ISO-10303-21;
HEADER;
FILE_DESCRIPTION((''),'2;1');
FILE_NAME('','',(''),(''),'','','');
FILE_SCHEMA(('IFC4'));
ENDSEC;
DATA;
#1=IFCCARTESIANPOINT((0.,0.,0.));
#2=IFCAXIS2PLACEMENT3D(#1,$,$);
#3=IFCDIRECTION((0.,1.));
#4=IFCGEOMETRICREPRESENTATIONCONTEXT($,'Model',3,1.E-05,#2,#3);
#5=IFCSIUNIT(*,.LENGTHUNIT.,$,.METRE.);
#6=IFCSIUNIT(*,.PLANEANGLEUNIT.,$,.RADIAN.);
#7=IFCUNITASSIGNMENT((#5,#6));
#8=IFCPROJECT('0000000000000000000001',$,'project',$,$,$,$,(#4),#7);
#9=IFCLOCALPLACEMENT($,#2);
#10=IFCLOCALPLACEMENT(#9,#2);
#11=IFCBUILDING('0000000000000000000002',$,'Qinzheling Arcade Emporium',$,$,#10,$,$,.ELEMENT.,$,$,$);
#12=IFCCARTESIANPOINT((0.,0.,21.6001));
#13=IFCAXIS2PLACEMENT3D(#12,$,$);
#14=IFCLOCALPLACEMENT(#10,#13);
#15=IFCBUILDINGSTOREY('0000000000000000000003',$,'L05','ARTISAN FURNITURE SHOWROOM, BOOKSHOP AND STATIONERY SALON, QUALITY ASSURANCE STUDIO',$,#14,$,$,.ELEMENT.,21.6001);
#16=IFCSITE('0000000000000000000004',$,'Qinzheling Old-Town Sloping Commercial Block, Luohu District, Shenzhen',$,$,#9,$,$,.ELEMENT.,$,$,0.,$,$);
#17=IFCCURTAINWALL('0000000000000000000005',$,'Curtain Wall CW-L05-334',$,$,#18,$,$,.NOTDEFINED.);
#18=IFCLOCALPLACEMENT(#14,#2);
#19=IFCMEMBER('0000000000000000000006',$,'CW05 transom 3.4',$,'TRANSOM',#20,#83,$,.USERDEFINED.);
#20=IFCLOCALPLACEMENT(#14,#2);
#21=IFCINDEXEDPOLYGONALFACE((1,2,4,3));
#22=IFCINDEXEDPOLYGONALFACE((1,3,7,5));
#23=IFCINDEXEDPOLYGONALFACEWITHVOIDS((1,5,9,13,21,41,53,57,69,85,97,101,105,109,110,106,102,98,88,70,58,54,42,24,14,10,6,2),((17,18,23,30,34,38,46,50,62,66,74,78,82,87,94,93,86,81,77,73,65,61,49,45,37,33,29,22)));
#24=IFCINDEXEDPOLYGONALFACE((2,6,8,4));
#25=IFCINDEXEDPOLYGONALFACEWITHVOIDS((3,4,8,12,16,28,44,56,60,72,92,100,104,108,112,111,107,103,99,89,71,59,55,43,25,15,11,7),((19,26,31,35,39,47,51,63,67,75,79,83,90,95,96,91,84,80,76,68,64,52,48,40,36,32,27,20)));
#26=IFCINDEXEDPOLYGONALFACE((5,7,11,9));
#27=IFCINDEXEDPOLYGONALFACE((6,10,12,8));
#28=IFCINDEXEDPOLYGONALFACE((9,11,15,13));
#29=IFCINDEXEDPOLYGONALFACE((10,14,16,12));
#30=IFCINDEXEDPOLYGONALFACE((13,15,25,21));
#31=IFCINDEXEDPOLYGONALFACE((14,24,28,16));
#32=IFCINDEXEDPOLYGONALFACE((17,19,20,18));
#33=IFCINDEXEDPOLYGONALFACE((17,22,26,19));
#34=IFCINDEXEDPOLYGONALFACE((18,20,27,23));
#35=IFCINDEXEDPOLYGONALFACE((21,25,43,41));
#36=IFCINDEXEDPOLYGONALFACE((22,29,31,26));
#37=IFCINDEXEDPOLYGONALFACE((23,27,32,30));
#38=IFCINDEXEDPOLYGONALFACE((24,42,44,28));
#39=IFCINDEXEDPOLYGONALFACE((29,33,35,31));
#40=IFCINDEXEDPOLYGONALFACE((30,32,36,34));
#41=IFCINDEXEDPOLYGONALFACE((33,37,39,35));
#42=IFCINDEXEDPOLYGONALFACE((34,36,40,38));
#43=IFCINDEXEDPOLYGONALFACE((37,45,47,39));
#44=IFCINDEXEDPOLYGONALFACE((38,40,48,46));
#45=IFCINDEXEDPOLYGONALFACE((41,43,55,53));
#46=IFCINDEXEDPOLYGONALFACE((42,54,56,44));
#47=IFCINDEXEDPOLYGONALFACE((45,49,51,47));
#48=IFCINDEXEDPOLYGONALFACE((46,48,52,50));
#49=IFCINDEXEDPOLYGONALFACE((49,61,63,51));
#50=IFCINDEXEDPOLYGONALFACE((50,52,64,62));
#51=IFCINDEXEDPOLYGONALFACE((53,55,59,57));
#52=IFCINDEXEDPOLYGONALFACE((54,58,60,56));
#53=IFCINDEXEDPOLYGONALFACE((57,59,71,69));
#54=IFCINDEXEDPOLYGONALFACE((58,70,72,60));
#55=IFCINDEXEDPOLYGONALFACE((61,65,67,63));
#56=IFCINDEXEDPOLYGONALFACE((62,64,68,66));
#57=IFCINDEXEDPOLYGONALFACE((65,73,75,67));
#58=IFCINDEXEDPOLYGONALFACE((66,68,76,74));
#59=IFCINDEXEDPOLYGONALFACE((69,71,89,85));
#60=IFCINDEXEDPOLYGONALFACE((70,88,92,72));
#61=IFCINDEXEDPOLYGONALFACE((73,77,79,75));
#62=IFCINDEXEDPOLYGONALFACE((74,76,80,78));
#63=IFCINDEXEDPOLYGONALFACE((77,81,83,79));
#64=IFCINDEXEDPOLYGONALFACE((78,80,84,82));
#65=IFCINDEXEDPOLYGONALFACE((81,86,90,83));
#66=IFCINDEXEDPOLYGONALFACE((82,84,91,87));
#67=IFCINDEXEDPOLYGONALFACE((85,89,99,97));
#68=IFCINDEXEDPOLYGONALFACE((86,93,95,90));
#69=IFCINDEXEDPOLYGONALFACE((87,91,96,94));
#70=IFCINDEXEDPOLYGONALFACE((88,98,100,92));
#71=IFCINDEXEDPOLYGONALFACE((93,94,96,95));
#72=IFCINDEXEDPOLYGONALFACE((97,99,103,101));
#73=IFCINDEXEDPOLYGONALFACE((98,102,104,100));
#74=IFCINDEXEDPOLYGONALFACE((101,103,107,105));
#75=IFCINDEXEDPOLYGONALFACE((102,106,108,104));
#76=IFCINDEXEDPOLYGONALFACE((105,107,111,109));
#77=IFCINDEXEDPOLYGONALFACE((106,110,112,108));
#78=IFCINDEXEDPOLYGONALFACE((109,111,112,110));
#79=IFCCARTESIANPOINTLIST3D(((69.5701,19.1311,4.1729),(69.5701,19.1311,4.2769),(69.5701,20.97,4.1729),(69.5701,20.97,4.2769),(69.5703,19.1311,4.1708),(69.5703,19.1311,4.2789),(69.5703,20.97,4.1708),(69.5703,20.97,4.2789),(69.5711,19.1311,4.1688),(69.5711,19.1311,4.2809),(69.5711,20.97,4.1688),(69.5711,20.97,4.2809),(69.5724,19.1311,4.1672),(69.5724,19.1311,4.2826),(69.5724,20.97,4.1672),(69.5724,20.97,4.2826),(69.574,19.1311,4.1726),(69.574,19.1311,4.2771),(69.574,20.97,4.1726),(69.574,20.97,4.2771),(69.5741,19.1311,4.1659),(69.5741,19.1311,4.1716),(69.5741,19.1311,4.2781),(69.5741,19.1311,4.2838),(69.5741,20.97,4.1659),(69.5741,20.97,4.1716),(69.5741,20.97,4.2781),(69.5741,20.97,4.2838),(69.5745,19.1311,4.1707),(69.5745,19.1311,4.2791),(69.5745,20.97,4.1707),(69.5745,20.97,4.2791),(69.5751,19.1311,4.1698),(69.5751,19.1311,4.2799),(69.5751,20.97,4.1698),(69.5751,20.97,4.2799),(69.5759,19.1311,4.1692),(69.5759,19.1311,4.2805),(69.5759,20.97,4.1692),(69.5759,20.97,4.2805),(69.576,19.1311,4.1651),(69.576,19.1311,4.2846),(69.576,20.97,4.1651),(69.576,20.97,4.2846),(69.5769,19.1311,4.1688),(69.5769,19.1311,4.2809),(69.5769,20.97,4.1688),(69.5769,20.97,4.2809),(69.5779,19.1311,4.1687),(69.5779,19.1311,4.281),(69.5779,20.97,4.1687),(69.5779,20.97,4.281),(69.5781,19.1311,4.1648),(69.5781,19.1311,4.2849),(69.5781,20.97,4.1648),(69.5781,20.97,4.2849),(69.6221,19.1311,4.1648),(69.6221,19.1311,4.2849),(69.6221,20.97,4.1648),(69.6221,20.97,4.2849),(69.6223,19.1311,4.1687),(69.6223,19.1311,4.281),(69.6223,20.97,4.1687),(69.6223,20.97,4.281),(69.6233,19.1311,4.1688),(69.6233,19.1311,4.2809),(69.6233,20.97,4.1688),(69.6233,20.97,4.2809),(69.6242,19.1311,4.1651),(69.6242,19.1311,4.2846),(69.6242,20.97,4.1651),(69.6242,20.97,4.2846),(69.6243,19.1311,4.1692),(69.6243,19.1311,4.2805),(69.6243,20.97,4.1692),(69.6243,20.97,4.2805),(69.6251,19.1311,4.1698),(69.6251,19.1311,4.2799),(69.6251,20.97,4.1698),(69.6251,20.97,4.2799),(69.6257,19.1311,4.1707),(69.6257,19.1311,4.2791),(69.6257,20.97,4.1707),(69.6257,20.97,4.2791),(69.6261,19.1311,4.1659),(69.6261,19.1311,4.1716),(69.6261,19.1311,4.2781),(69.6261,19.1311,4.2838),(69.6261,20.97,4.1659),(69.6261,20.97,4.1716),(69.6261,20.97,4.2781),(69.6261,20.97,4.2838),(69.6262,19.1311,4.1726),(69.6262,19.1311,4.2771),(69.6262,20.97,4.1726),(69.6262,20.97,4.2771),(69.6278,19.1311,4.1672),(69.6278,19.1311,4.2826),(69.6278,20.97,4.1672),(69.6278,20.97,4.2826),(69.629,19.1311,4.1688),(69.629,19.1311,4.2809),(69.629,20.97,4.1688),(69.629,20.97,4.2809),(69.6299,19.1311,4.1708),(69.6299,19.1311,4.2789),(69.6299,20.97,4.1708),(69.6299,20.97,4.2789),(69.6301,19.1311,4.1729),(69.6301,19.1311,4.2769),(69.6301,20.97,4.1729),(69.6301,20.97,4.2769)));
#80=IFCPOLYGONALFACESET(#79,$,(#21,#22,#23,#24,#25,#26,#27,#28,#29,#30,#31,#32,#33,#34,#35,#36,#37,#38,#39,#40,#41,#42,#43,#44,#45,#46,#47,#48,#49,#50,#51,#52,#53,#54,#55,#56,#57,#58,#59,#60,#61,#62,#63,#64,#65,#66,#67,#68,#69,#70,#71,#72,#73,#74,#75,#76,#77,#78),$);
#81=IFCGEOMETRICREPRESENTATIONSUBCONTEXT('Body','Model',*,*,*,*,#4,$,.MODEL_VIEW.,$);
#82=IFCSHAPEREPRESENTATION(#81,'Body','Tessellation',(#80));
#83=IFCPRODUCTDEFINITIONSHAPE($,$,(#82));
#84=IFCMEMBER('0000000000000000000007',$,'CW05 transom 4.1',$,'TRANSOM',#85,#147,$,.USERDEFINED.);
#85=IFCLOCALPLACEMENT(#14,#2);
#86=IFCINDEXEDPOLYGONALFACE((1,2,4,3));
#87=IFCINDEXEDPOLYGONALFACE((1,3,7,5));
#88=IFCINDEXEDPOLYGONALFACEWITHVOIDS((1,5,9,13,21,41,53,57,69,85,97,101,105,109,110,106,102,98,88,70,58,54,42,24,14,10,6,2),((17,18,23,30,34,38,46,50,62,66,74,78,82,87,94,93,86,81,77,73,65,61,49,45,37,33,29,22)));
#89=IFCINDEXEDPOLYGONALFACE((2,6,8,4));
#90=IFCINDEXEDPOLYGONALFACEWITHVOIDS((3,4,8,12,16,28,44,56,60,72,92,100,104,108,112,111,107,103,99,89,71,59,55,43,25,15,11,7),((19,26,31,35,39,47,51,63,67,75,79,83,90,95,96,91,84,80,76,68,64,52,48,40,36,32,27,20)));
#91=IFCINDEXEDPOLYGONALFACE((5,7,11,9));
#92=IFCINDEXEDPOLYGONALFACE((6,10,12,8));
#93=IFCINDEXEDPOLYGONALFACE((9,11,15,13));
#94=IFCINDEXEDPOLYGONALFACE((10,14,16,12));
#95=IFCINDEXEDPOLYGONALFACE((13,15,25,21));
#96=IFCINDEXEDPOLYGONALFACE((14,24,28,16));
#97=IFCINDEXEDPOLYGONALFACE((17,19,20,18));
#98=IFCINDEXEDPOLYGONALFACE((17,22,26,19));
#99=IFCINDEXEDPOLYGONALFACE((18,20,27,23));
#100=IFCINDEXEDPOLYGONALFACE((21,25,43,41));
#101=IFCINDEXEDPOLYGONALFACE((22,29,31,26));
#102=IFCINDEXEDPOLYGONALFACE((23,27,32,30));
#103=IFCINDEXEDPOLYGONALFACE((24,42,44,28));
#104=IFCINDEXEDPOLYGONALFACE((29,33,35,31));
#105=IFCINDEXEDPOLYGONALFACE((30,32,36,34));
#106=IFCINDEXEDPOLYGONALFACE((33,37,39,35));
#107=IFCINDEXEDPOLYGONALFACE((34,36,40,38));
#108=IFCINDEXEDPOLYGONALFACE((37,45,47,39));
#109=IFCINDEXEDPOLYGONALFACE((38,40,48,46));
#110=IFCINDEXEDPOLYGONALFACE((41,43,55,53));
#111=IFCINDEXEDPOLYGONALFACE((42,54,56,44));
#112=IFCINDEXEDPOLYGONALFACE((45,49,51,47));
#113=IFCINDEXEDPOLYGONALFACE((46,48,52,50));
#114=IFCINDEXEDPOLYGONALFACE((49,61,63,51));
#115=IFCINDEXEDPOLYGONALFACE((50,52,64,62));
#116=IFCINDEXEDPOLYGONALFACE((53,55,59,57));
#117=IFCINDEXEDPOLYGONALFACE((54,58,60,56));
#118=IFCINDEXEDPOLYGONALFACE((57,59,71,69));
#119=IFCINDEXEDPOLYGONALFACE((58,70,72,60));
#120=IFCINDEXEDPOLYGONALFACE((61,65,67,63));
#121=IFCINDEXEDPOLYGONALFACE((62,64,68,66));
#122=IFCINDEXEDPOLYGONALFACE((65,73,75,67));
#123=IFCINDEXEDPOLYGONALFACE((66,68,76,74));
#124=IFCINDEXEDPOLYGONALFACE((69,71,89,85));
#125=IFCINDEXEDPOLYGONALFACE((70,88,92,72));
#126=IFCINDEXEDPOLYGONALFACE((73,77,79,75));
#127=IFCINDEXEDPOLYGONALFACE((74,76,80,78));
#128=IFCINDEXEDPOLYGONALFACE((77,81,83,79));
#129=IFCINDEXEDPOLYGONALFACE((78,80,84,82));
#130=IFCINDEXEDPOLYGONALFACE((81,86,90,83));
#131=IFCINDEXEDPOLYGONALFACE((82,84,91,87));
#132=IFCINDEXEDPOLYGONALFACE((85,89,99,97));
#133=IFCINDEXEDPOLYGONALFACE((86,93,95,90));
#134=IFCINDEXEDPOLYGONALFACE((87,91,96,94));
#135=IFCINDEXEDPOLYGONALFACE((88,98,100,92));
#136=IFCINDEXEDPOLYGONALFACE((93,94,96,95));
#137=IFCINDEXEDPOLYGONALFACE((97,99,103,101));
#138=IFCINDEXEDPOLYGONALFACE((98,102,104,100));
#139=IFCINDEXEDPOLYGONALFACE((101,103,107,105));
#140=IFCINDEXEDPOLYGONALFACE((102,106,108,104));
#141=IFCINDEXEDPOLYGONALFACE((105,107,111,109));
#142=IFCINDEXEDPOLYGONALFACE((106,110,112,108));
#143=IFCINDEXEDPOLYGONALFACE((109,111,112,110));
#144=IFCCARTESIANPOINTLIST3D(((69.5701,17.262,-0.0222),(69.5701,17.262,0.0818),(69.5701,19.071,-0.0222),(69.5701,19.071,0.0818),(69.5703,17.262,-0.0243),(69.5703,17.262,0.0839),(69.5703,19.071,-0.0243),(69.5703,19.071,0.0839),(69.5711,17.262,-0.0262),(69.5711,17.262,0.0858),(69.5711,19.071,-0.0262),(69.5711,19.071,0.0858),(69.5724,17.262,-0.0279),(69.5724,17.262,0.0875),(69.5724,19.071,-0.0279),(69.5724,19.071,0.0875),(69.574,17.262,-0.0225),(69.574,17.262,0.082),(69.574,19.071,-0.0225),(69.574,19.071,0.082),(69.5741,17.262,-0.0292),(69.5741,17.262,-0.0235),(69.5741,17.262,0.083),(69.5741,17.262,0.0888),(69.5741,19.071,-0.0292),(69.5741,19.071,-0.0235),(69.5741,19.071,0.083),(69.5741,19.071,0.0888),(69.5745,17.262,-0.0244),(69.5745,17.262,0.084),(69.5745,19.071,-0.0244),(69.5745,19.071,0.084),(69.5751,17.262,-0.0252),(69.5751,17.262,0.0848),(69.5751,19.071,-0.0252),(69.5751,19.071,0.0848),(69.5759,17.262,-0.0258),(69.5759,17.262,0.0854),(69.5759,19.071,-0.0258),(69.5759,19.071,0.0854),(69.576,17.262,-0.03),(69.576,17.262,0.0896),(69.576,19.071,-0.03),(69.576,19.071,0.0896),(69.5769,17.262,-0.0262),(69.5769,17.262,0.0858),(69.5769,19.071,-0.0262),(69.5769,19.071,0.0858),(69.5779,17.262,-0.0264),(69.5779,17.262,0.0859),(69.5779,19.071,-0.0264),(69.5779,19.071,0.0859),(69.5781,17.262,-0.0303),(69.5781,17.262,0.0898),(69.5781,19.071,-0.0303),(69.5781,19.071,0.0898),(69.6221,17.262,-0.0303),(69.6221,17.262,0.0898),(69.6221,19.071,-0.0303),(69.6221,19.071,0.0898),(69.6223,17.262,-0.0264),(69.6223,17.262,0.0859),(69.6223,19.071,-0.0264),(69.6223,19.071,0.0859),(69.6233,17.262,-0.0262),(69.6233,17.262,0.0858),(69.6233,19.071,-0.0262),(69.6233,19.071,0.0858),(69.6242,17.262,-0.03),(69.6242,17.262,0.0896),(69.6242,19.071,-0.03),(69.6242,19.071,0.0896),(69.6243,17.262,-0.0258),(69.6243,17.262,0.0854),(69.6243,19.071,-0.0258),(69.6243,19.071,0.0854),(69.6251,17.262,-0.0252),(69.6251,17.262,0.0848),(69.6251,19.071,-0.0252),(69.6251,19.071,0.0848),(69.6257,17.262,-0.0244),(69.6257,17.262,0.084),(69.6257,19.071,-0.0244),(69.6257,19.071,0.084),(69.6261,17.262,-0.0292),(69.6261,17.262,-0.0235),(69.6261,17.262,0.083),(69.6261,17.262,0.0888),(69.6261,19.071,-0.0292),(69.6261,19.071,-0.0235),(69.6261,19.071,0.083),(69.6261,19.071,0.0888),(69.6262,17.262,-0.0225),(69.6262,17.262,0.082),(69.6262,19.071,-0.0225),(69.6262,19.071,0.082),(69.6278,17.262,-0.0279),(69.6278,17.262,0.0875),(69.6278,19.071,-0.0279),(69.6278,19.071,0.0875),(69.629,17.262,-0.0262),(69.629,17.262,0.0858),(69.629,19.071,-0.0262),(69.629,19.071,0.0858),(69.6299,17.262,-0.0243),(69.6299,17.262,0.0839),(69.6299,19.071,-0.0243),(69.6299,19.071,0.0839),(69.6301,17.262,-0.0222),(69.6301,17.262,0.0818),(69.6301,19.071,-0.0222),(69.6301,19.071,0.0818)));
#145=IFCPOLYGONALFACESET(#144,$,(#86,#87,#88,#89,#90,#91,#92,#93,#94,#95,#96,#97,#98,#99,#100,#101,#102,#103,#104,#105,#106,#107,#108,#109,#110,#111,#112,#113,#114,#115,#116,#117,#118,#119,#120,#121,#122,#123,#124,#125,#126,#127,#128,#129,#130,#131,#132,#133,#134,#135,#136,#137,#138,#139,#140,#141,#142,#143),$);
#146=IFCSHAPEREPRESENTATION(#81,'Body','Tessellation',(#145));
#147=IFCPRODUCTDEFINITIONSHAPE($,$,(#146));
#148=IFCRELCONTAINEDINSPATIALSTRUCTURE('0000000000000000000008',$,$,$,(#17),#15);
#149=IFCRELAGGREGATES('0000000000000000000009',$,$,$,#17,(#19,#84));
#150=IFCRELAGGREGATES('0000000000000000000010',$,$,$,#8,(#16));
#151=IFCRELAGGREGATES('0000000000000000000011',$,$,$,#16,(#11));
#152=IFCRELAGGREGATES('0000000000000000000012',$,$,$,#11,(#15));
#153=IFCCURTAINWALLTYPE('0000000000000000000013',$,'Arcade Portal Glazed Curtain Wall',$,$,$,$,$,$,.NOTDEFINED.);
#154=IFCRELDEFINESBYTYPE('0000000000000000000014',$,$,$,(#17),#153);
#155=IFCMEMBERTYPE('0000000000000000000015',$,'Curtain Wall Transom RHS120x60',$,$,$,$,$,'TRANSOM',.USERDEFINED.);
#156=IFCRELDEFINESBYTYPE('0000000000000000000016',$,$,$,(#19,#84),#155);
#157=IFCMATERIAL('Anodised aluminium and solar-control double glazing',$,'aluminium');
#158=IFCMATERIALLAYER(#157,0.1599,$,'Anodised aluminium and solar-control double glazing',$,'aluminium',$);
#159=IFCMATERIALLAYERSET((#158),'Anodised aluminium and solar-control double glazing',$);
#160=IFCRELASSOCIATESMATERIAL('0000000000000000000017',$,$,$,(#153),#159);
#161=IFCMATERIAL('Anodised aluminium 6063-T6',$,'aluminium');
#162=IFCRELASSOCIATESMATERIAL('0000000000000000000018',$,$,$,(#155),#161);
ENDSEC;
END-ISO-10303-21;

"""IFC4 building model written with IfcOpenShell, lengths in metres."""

from ifc_helpers import new_model, si_unit, direction, frame, origin, origin_2d, place, context, subcontext, project, spatial, hollow_rectangle, extrude, material, layer, layer_set, material_profile, profile_set, type_object, element, aggregate, save


model = new_model("IFC4")

# Units and contexts
model_context = context("Model", 3, precision=1e-05, world=origin(), true_north=direction((0.0, 1.0)))
body_context = subcontext(model_context, "Body", "Model", "MODEL_VIEW")
ifc_project = project(units=[si_unit("LENGTHUNIT", "METRE"), si_unit("PLANEANGLEUNIT", "RADIAN")], contexts=[model_context])

# Site, building, storey
site_placement = place(None, origin())
site = spatial("IfcSite", under=ifc_project, at=site_placement, Name="Qinzheling Old-Town Sloping Commercial Block, Luohu District, Shenzhen", CompositionType="ELEMENT", RefElevation=0.0)
building_placement = place(site_placement, origin())
building = spatial("IfcBuilding", under=site, at=building_placement, Name="Qinzheling Arcade Emporium", CompositionType="ELEMENT")
storey_placement = place(building_placement, frame((0.0, 0.0, 21.6001)))
storey = spatial("IfcBuildingStorey", under=building, at=storey_placement, Name="L05", Description="ARTISAN FURNITURE SHOWROOM, BOOKSHOP AND STATIONERY SALON, QUALITY ASSURANCE STUDIO", CompositionType="ELEMENT", Elevation=21.6001)

# Curtain wall, members
ifc_material_1 = material(Name="Anodised aluminium and solar-control double glazing", Category="aluminium")
ifc_layer_1 = layer(ifc_material_1, 0.1599, Name="Anodised aluminium and solar-control double glazing", Category="aluminium")
ifc_layer_set_1 = layer_set([ifc_layer_1], Name="Anodised aluminium and solar-control double glazing")
curtain_wall_type = type_object("IfcCurtainWallType", Name="Arcade Portal Glazed Curtain Wall", PredefinedType="NOTDEFINED", material=ifc_layer_set_1)
curtain_wall_placement = place(storey_placement, origin())
curtain_wall = element("IfcCurtainWall", 1, at=curtain_wall_placement, inside=storey, type_object=curtain_wall_type, Name="Curtain Wall CW-L05-334", PredefinedType="NOTDEFINED")
ifc_material_2 = material(Name="Anodised aluminium 6063-T6", Category="aluminium")
ifc_material_profile_1 = material_profile(ifc_material_2, hollow_rectangle(XDim=0.0601, YDim=0.1201, WallThickness=0.0039, InnerFilletRadius=0.0039, OuterFilletRadius=0.0081, at=origin_2d()), Name="RHS 120x60x4", Category="aluminium")
ifc_profile_set_1 = profile_set([ifc_material_profile_1], Name="Anodised aluminium 6063-T6")
member_type_1 = type_object("IfcMemberType", Name="Curtain Wall Transom RHS120x60", ElementType="TRANSOM", PredefinedType="USERDEFINED", material=ifc_profile_set_1)
member_1_placement = place(storey_placement, frame((69.6001, 20.97, 4.2249), z_axis=(0.0, -1.0, 0.0), x_axis=(1.0, 0.0, 0.0)))
member_1 = element("IfcMember", 2, at=member_1_placement, type_object=member_type_1, Name="CW05 transom 3.4", ObjectType="TRANSOM", PredefinedType="USERDEFINED", context=body_context, shape_type="SweptSolid", body=[
    extrude(hollow_rectangle(XDim=0.0601, YDim=0.1201, WallThickness=0.0039, InnerFilletRadius=0.0039, OuterFilletRadius=0.0081, at=origin_2d()), origin(), (0.0, 0.0, 1.0), 1.8389),
])
member_2_placement = place(storey_placement, frame((69.6001, 19.071, 0.0298), z_axis=(0.0, -1.0, 0.0), x_axis=(1.0, 0.0, 0.0)))
member_2 = element("IfcMember", 3, at=member_2_placement, type_object=member_type_1, Name="CW05 transom 4.1", ObjectType="TRANSOM", PredefinedType="USERDEFINED", context=body_context, shape_type="SweptSolid", body=[
    extrude(hollow_rectangle(XDim=0.0601, YDim=0.1201, WallThickness=0.0039, InnerFilletRadius=0.0039, OuterFilletRadius=0.0081, at=origin_2d()), origin(), (0.0, 0.0, 1.0), 1.8091),
])
aggregate(curtain_wall, [member_1, member_2])

save(model, "model.ifc")
